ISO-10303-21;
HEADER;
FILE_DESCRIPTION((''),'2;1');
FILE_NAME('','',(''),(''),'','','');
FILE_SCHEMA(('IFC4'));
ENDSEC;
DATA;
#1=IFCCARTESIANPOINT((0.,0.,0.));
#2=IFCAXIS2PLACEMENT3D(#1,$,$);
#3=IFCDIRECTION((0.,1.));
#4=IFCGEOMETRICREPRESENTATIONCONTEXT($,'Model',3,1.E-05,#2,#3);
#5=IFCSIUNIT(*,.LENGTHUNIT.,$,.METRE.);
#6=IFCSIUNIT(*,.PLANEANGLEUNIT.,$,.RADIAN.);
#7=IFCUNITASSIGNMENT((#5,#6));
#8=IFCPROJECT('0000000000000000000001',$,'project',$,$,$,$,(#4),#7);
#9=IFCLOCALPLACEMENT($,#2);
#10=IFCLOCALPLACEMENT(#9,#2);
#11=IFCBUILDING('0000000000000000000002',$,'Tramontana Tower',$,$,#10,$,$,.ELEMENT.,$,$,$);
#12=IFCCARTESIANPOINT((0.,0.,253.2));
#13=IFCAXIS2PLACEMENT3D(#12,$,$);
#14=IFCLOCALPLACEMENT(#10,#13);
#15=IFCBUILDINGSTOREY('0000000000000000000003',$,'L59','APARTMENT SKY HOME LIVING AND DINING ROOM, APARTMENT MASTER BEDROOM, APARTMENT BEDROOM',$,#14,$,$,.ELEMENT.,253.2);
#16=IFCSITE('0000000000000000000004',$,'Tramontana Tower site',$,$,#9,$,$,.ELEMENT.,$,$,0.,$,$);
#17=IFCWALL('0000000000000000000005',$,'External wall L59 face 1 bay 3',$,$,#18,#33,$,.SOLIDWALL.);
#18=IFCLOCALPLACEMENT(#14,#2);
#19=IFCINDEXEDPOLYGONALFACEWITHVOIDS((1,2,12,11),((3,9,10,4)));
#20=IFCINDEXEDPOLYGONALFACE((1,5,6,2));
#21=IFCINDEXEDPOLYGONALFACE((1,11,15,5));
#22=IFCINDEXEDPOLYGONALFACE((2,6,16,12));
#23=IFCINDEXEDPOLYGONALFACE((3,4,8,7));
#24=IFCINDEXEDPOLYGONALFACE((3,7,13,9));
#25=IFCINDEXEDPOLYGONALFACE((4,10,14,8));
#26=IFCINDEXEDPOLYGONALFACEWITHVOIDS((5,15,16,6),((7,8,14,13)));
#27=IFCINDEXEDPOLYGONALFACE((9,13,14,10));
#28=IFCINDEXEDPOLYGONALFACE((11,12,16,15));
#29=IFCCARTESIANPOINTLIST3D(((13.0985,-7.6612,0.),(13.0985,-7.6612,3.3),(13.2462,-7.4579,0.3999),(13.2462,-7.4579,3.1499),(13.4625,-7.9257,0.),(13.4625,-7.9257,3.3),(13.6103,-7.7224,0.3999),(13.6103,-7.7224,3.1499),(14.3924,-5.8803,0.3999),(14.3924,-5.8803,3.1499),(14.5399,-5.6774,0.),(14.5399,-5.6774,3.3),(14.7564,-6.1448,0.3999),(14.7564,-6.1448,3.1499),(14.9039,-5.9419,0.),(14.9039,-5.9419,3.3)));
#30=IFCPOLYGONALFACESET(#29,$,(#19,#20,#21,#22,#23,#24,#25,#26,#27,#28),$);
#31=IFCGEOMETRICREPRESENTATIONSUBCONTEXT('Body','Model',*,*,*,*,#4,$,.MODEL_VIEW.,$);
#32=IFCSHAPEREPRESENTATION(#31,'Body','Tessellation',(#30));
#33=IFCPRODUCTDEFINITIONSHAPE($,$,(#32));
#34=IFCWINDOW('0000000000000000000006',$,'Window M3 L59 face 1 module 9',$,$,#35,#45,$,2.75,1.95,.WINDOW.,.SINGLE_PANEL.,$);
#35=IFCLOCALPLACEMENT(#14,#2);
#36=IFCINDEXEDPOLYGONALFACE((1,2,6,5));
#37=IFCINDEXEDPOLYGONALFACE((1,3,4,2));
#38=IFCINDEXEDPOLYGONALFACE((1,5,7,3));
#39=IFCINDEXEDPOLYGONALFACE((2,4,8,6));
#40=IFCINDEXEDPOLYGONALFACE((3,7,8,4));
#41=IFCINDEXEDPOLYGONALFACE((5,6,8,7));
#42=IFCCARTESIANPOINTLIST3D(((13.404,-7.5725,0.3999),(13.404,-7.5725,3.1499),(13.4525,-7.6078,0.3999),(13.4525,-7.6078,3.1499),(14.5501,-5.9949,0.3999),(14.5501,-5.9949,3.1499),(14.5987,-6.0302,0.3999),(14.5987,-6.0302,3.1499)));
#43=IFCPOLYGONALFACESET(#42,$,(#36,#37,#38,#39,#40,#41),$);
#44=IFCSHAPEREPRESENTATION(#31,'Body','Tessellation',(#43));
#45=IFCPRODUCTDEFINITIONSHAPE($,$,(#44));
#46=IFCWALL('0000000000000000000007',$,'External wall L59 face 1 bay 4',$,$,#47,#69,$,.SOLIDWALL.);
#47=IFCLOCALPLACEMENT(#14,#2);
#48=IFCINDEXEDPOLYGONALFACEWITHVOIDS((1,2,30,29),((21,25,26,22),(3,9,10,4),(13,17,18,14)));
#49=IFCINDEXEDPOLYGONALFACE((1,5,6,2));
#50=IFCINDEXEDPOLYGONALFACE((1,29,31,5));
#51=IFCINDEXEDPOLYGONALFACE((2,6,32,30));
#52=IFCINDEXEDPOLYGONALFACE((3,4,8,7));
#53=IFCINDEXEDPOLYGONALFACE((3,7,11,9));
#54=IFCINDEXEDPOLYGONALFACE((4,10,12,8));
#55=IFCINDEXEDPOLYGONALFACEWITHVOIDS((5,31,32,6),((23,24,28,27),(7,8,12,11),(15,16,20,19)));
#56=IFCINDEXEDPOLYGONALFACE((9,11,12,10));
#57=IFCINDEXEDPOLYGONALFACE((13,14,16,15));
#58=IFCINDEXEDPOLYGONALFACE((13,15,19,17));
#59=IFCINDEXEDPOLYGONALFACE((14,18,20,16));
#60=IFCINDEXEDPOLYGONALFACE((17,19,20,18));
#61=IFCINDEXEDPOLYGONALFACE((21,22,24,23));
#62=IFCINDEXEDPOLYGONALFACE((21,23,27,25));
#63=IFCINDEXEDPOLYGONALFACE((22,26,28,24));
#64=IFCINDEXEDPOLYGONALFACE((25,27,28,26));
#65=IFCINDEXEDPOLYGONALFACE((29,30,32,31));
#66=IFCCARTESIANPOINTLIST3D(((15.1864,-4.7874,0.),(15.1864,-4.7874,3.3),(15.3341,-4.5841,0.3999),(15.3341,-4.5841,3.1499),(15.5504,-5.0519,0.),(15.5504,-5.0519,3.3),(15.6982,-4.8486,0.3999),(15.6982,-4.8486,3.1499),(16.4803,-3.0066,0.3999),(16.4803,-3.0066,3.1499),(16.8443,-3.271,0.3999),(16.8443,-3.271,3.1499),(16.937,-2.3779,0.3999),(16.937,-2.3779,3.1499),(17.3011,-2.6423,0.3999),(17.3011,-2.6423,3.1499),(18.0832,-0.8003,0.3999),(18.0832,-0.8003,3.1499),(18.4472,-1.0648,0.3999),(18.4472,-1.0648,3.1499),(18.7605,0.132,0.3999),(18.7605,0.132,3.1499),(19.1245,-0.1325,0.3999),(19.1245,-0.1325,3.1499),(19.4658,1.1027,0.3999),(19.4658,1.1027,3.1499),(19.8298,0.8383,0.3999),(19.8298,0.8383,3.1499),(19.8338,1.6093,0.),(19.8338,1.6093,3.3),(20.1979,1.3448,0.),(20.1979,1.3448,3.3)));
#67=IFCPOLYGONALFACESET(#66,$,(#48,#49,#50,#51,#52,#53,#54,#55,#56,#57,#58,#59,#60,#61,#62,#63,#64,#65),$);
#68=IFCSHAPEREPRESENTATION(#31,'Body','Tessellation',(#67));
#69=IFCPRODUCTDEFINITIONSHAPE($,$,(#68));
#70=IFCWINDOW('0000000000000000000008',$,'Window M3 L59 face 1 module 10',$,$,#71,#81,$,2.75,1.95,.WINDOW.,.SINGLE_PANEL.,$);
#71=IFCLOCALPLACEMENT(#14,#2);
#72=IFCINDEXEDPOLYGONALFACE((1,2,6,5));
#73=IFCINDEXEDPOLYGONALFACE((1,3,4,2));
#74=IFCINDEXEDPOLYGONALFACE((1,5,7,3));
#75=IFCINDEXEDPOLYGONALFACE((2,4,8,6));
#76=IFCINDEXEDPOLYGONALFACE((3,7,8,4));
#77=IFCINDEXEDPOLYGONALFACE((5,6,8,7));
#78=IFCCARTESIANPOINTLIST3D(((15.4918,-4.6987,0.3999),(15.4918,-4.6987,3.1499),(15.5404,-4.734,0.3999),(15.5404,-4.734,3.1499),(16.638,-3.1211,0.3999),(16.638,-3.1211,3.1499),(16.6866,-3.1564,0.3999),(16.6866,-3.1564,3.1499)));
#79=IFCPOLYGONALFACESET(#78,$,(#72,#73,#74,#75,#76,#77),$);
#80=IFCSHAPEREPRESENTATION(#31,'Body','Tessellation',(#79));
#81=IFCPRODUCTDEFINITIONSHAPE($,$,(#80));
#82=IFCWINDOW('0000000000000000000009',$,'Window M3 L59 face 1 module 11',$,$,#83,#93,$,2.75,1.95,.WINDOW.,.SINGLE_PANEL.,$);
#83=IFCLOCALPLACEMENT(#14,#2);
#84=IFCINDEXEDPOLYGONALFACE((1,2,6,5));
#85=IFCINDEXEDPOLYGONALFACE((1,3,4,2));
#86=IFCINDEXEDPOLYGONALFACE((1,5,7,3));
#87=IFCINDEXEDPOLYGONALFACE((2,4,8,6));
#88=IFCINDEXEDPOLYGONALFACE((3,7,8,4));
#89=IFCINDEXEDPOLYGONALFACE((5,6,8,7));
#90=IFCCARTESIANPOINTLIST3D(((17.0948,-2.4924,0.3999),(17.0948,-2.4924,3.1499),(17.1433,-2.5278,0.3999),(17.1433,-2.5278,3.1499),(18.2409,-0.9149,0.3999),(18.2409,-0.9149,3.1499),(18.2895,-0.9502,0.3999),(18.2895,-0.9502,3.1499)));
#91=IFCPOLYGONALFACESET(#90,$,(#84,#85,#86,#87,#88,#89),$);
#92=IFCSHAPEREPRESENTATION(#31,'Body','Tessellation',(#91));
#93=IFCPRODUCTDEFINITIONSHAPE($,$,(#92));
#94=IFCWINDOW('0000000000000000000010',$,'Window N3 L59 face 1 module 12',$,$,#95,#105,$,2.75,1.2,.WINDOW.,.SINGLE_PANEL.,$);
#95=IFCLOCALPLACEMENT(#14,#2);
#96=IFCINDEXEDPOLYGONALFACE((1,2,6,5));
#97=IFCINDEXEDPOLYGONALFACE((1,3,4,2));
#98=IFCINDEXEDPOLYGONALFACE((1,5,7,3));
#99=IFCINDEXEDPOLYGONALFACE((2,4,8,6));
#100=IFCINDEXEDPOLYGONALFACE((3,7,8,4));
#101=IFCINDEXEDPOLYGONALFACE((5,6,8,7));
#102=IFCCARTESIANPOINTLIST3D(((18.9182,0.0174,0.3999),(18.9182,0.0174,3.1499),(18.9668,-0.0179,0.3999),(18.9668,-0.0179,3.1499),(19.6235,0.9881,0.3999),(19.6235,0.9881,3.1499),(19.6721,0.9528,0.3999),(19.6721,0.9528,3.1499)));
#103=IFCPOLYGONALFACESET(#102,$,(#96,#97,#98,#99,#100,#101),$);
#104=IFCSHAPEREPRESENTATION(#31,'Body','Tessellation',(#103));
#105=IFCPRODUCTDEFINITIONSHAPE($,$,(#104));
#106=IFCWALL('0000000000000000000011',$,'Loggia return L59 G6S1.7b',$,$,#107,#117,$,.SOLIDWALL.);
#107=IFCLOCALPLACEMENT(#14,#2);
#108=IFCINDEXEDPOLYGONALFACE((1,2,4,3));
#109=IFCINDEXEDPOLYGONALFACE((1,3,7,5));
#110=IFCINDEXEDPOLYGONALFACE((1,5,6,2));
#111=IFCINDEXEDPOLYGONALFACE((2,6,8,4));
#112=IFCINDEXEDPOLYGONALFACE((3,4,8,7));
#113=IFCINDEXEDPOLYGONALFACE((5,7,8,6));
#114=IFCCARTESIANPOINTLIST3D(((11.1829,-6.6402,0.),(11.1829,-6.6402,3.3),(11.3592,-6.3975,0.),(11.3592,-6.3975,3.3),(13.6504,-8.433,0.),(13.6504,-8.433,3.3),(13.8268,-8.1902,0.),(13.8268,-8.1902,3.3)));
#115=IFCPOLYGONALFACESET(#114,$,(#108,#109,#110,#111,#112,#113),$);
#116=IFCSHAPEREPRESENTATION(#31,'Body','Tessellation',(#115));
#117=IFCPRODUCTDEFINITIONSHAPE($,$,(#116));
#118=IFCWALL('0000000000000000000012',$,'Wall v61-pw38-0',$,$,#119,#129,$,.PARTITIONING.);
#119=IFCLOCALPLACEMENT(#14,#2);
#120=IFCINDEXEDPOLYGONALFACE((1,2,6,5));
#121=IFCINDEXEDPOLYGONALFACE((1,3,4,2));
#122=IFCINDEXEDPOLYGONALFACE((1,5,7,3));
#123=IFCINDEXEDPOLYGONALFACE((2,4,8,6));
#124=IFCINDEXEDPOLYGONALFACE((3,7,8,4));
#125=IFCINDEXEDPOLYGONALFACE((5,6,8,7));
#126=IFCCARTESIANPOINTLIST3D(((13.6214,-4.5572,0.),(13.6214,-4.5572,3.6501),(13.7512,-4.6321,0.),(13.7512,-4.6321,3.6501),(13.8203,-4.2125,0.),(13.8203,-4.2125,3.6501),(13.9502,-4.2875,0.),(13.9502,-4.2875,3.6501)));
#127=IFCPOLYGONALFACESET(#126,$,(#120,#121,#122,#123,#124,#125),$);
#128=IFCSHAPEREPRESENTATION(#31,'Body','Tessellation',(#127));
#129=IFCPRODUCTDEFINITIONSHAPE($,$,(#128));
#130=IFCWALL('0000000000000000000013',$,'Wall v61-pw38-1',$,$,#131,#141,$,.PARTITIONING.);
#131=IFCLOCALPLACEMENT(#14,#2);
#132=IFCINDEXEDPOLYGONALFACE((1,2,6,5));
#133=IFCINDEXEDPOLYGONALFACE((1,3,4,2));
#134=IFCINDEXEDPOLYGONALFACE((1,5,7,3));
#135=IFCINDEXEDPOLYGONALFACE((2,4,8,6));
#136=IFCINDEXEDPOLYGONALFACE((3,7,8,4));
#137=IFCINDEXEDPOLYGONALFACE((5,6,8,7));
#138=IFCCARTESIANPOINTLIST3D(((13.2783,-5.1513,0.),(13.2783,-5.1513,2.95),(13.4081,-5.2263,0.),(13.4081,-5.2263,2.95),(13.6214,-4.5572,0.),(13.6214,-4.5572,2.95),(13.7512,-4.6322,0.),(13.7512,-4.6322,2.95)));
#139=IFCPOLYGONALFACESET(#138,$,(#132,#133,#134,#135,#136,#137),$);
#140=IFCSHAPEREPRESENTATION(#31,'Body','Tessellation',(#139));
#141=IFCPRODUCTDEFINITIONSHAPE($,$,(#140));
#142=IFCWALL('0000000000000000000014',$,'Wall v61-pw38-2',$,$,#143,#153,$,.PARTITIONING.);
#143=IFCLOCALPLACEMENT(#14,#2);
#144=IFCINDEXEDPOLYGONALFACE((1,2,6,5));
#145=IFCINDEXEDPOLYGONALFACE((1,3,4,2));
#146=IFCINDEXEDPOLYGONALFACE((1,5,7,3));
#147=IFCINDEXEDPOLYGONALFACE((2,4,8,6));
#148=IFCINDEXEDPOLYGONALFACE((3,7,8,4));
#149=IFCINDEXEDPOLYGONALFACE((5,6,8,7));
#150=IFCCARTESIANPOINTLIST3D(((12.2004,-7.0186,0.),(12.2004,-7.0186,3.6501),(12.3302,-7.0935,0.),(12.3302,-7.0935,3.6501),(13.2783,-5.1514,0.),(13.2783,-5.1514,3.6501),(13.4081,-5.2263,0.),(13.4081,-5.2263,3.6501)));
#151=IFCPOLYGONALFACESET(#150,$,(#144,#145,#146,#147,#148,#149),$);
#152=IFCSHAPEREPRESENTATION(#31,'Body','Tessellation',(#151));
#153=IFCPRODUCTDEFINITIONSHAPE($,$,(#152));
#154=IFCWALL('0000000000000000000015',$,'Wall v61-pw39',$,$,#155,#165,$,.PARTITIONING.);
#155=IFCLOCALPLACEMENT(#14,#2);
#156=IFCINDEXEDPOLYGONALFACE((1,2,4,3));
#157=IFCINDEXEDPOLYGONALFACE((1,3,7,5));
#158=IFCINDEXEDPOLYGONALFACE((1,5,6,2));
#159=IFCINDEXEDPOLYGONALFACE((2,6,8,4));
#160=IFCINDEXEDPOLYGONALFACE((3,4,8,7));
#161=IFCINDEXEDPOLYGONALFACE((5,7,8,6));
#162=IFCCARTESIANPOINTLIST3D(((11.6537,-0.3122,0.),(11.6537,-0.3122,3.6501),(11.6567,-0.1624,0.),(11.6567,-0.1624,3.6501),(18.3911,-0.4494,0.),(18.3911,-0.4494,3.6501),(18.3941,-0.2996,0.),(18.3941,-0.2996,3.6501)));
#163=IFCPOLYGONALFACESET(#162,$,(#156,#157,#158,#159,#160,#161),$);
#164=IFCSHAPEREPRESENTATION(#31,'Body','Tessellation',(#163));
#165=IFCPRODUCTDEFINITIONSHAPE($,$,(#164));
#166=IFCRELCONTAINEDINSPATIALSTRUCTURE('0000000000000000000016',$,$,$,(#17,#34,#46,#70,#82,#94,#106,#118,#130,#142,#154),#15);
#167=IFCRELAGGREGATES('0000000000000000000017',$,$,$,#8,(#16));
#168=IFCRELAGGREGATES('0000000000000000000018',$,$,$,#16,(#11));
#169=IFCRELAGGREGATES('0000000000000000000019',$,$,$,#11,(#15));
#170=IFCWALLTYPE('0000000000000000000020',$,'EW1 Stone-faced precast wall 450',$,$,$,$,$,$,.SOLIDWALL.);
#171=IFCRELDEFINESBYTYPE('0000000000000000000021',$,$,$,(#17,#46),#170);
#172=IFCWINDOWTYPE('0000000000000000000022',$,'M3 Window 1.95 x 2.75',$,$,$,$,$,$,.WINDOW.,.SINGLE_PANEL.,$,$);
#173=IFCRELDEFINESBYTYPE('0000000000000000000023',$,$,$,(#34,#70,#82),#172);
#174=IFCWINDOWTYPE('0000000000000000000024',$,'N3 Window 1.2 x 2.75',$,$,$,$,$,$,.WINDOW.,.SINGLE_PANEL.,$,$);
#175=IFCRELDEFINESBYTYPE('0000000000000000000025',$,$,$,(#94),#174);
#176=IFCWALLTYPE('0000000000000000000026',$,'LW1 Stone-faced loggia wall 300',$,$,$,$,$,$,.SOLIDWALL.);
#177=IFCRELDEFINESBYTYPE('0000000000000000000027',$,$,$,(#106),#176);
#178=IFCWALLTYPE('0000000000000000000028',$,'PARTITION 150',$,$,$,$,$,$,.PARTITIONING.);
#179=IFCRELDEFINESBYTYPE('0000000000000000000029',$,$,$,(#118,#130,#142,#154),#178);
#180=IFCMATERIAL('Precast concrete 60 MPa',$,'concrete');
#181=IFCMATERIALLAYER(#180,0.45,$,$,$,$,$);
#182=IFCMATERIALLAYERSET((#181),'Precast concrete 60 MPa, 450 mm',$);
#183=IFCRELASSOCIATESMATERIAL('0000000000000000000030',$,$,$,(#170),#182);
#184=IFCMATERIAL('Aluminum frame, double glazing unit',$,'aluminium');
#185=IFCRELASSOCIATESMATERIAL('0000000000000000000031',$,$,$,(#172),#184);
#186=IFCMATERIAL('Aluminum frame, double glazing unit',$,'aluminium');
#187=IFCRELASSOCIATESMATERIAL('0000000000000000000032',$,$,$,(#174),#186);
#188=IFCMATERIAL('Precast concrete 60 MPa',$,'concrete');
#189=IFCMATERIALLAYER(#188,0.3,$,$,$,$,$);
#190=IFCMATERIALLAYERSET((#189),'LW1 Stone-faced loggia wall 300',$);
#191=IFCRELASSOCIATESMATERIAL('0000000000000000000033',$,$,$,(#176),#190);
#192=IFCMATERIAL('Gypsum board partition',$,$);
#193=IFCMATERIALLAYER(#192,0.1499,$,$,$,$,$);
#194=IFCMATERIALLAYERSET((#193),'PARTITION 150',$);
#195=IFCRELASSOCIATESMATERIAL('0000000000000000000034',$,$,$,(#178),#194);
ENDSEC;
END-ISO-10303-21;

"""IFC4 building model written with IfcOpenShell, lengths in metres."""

from ifc_helpers import new_model, si_unit, direction, frame, frame_2d, origin, place, context, subcontext, project, spatial, rectangle, extrude, material, layer, layer_set, type_object, element, fill, save


model = new_model("IFC4")

# Units and contexts
model_context = context("Model", 3, precision=1e-05, world=origin(), true_north=direction((0.0, 1.0)))
body_context = subcontext(model_context, "Body", "Model", "MODEL_VIEW")
ifc_project = project(units=[si_unit("LENGTHUNIT", "METRE"), si_unit("PLANEANGLEUNIT", "RADIAN")], contexts=[model_context])

# Site, building, storey
site_placement = place(None, origin())
site = spatial("IfcSite", under=ifc_project, at=site_placement, Name="Tramontana Tower site", CompositionType="ELEMENT", RefElevation=0.0)
building_placement = place(site_placement, origin())
building = spatial("IfcBuilding", under=site, at=building_placement, Name="Tramontana Tower", CompositionType="ELEMENT")
storey_placement = place(building_placement, frame((0.0, 0.0, 253.2)))
storey = spatial("IfcBuildingStorey", under=building, at=storey_placement, Name="L59", Description="APARTMENT SKY HOME LIVING AND DINING ROOM, APARTMENT MASTER BEDROOM, APARTMENT BEDROOM", CompositionType="ELEMENT", Elevation=253.2)

# Wall, opening, window
ifc_material_1 = material(Name="Precast concrete 60 MPa", Category="concrete")
ifc_layer_1 = layer(ifc_material_1, 0.45)
ifc_layer_set_1 = layer_set([ifc_layer_1], Name="Precast concrete 60 MPa, 450 mm")
wall_type_1 = type_object("IfcWallType", Name="EW1 Stone-faced precast wall 450", PredefinedType="SOLIDWALL", material=ifc_layer_set_1)
wall_1_placement = place(storey_placement, frame((13.2805, -7.7935, 0.0), z_axis=(0.0, 0.0, 1.0), x_axis=(0.587793, 0.809012, 0.0)))
wall_1 = element("IfcWall", 1, at=wall_1_placement, inside=storey, type_object=wall_type_1, Name="External wall L59 face 1 bay 3", PredefinedType="SOLIDWALL", context=body_context, shape_type="SweptSolid", body=[
    extrude(rectangle(XDim=2.4521, YDim=0.45, at=frame_2d((1.2261, 0.0))), origin(), (0.0, 0.0, 1.0), 3.3),
])
opening_1_placement = place(wall_1_placement, frame((0.2512, 0.0, 0.3999)))
opening_1 = element("IfcOpeningElement", 2, at=opening_1_placement, cuts=wall_1, PredefinedType="OPENING", context=body_context, shape_type="SweptSolid", body=[
    extrude(rectangle(XDim=1.95, YDim=2.75, at=frame_2d((0.9751, 1.375))), frame((0.0, 0.2349, 0.0), z_axis=(0.0, -1.0, 0.0), x_axis=(1.0, 0.0, 0.0)), (0.0, 0.0, 1.0), 0.47),
])
ifc_material_2 = material(Name="Aluminum frame, double glazing unit", Category="aluminium")
window_type_1 = type_object("IfcWindowType", Name="M3 Window 1.95 x 2.75", PartitioningType="SINGLE_PANEL", PredefinedType="WINDOW", material=ifc_material_2)
window_1_placement = place(opening_1_placement, origin())
window_1 = element("IfcWindow", 3, at=window_1_placement, inside=storey, type_object=window_type_1, Name="Window M3 L59 face 1 module 9", OverallHeight=2.75, OverallWidth=1.95, PartitioningType="SINGLE_PANEL", PredefinedType="WINDOW", context=body_context, shape_type="SweptSolid", body=[
    extrude(rectangle(XDim=1.95, YDim=2.75, at=frame_2d((0.9751, 1.375))), frame((0.0, 0.03, 0.0), z_axis=(0.0, -1.0, 0.0), x_axis=(1.0, 0.0, 0.0)), (0.0, 0.0, 1.0), 0.0601),
])
fill(opening_1, window_1)

# Wall, openings, windows
wall_2_placement = place(storey_placement, frame((15.3684, -4.9197, 0.0), z_axis=(0.0, 0.0, 1.0), x_axis=(0.587782, 0.809019, 0.0)))
wall_2 = element("IfcWall", 4, at=wall_2_placement, inside=storey, type_object=wall_type_1, Name="External wall L59 face 1 bay 4", PredefinedType="SOLIDWALL", context=body_context, shape_type="SweptSolid", body=[
    extrude(rectangle(XDim=7.9067, YDim=0.45, at=frame_2d((3.9534, 0.0))), origin(), (0.0, 0.0, 1.0), 3.3),
])
opening_2_placement = place(wall_2_placement, frame((0.2512, 0.0, 0.3999)))
opening_2 = element("IfcOpeningElement", 5, at=opening_2_placement, cuts=wall_2, PredefinedType="OPENING", context=body_context, shape_type="SweptSolid", body=[
    extrude(rectangle(XDim=1.95, YDim=2.75, at=frame_2d((0.9751, 1.375))), frame((0.0, 0.2349, 0.0), z_axis=(0.0, -1.0, 0.0), x_axis=(1.0, 0.0, 0.0)), (0.0, 0.0, 1.0), 0.47),
])
opening_3_placement = place(wall_2_placement, frame((2.9783, 0.0, 0.3999)))
opening_3 = element("IfcOpeningElement", 6, at=opening_3_placement, cuts=wall_2, PredefinedType="OPENING", context=body_context, shape_type="SweptSolid", body=[
    extrude(rectangle(XDim=1.95, YDim=2.75, at=frame_2d((0.9751, 1.375))), frame((0.0, 0.2349, 0.0), z_axis=(0.0, -1.0, 0.0), x_axis=(1.0, 0.0, 0.0)), (0.0, 0.0, 1.0), 0.47),
])
opening_4_placement = place(wall_2_placement, frame((6.0806, 0.0, 0.3999)))
opening_4 = element("IfcOpeningElement", 7, at=opening_4_placement, cuts=wall_2, PredefinedType="OPENING", context=body_context, shape_type="SweptSolid", body=[
    extrude(rectangle(XDim=1.2, YDim=2.75, at=frame_2d((0.6001, 1.375))), frame((0.0, 0.2349, 0.0), z_axis=(0.0, -1.0, 0.0), x_axis=(1.0, 0.0, 0.0)), (0.0, 0.0, 1.0), 0.47),
])
window_2_placement = place(opening_2_placement, origin())
window_2 = element("IfcWindow", 8, at=window_2_placement, inside=storey, type_object=window_type_1, Name="Window M3 L59 face 1 module 10", OverallHeight=2.75, OverallWidth=1.95, PartitioningType="SINGLE_PANEL", PredefinedType="WINDOW", context=body_context, shape_type="SweptSolid", body=[
    extrude(rectangle(XDim=1.95, YDim=2.75, at=frame_2d((0.9751, 1.375))), frame((0.0, 0.03, 0.0), z_axis=(0.0, -1.0, 0.0), x_axis=(1.0, 0.0, 0.0)), (0.0, 0.0, 1.0), 0.0601),
])
fill(opening_2, window_2)
window_3_placement = place(opening_3_placement, origin())
window_3 = element("IfcWindow", 9, at=window_3_placement, inside=storey, type_object=window_type_1, Name="Window M3 L59 face 1 module 11", OverallHeight=2.75, OverallWidth=1.95, PartitioningType="SINGLE_PANEL", PredefinedType="WINDOW", context=body_context, shape_type="SweptSolid", body=[
    extrude(rectangle(XDim=1.95, YDim=2.75, at=frame_2d((0.9751, 1.375))), frame((0.0, 0.03, 0.0), z_axis=(0.0, -1.0, 0.0), x_axis=(1.0, 0.0, 0.0)), (0.0, 0.0, 1.0), 0.0601),
])
fill(opening_3, window_3)
ifc_material_3 = material(Name="Aluminum frame, double glazing unit", Category="aluminium")
window_type_2 = type_object("IfcWindowType", Name="N3 Window 1.2 x 2.75", PartitioningType="SINGLE_PANEL", PredefinedType="WINDOW", material=ifc_material_3)
window_4_placement = place(opening_4_placement, origin())
window_4 = element("IfcWindow", 10, at=window_4_placement, inside=storey, type_object=window_type_2, Name="Window N3 L59 face 1 module 12", OverallHeight=2.75, OverallWidth=1.2, PartitioningType="SINGLE_PANEL", PredefinedType="WINDOW", context=body_context, shape_type="SweptSolid", body=[
    extrude(rectangle(XDim=1.2, YDim=2.75, at=frame_2d((0.6001, 1.375))), frame((0.0, 0.03, 0.0), z_axis=(0.0, -1.0, 0.0), x_axis=(1.0, 0.0, 0.0)), (0.0, 0.0, 1.0), 0.0601),
])
fill(opening_4, window_4)

# Walls
ifc_material_4 = material(Name="Precast concrete 60 MPa", Category="concrete")
ifc_layer_2 = layer(ifc_material_4, 0.3)
ifc_layer_set_2 = layer_set([ifc_layer_2], Name="LW1 Stone-faced loggia wall 300")
wall_type_2 = type_object("IfcWallType", Name="LW1 Stone-faced loggia wall 300", PredefinedType="SOLIDWALL", material=ifc_layer_set_2)
wall_3_placement = place(storey_placement, frame((13.7385, -8.3115, 0.0), z_axis=(0.0, 0.0, 1.0), x_axis=(-0.809023, 0.587777, 0.0)))
element("IfcWall", 11, at=wall_3_placement, inside=storey, type_object=wall_type_2, Name="Loggia return L59 G6S1.7b", PredefinedType="SOLIDWALL", context=body_context, shape_type="SweptSolid", body=[
    extrude(rectangle(XDim=3.05, YDim=0.3, at=frame_2d((1.5249, 0.0))), origin(), (0.0, 0.0, 1.0), 3.3),
])
ifc_material_5 = material(Name="Gypsum board partition")
ifc_layer_3 = layer(ifc_material_5, 0.1499)
ifc_layer_set_3 = layer_set([ifc_layer_3], Name="PARTITION 150")
wall_type_3 = type_object("IfcWallType", Name="PARTITION 150", PredefinedType="PARTITIONING", material=ifc_layer_set_3)
wall_4_placement = place(storey_placement, frame((13.8853, -4.25, 0.0), z_axis=(0.0, 0.0, 1.0), x_axis=(-0.499899, -0.866083, 0.0)))
element("IfcWall", 12, at=wall_4_placement, inside=storey, type_object=wall_type_3, Name="Wall v61-pw38-0", PredefinedType="PARTITIONING", context=body_context, shape_type="SweptSolid", body=[
    extrude(rectangle(XDim=0.3979, YDim=0.1499, at=frame_2d((0.199, 0.0))), origin(), (0.0, 0.0, 1.0), 3.6501),
])
wall_5_placement = place(storey_placement, frame((13.6863, -4.5947, 0.0), z_axis=(0.0, 0.0, 1.0), x_axis=(-0.500082, -0.865978, 0.0)))
element("IfcWall", 13, at=wall_5_placement, inside=storey, type_object=wall_type_3, Name="Wall v61-pw38-1", PredefinedType="PARTITIONING", context=body_context, shape_type="SweptSolid", body=[
    extrude(rectangle(XDim=0.686, YDim=0.1499, at=frame_2d((0.343, 0.0))), origin(), (0.0, 0.0, 1.0), 2.95),
])
wall_6_placement = place(storey_placement, frame((13.3433, -5.1887, 0.0), z_axis=(0.0, 0.0, 1.0), x_axis=(-0.499951, -0.866054, 0.0)))
element("IfcWall", 14, at=wall_6_placement, inside=storey, type_object=wall_type_3, Name="Wall v61-pw38-2", PredefinedType="PARTITIONING", context=body_context, shape_type="SweptSolid", body=[
    extrude(rectangle(XDim=2.156, YDim=0.1499, at=frame_2d((1.0781, 0.0))), origin(), (0.0, 0.0, 1.0), 3.6501),
])
wall_7_placement = place(storey_placement, frame((18.3926, -0.3745, 0.0), z_axis=(0.0, 0.0, 1.0), x_axis=(-0.999793, 0.020361, 0.0)))
element("IfcWall", 15, at=wall_7_placement, inside=storey, type_object=wall_type_3, Name="Wall v61-pw39", PredefinedType="PARTITIONING", context=body_context, shape_type="SweptSolid", body=[
    extrude(rectangle(XDim=6.7388, YDim=0.1499, at=frame_2d((3.3694, 0.0))), origin(), (0.0, 0.0, 1.0), 3.6501),
])

save(model, "model.ifc")
